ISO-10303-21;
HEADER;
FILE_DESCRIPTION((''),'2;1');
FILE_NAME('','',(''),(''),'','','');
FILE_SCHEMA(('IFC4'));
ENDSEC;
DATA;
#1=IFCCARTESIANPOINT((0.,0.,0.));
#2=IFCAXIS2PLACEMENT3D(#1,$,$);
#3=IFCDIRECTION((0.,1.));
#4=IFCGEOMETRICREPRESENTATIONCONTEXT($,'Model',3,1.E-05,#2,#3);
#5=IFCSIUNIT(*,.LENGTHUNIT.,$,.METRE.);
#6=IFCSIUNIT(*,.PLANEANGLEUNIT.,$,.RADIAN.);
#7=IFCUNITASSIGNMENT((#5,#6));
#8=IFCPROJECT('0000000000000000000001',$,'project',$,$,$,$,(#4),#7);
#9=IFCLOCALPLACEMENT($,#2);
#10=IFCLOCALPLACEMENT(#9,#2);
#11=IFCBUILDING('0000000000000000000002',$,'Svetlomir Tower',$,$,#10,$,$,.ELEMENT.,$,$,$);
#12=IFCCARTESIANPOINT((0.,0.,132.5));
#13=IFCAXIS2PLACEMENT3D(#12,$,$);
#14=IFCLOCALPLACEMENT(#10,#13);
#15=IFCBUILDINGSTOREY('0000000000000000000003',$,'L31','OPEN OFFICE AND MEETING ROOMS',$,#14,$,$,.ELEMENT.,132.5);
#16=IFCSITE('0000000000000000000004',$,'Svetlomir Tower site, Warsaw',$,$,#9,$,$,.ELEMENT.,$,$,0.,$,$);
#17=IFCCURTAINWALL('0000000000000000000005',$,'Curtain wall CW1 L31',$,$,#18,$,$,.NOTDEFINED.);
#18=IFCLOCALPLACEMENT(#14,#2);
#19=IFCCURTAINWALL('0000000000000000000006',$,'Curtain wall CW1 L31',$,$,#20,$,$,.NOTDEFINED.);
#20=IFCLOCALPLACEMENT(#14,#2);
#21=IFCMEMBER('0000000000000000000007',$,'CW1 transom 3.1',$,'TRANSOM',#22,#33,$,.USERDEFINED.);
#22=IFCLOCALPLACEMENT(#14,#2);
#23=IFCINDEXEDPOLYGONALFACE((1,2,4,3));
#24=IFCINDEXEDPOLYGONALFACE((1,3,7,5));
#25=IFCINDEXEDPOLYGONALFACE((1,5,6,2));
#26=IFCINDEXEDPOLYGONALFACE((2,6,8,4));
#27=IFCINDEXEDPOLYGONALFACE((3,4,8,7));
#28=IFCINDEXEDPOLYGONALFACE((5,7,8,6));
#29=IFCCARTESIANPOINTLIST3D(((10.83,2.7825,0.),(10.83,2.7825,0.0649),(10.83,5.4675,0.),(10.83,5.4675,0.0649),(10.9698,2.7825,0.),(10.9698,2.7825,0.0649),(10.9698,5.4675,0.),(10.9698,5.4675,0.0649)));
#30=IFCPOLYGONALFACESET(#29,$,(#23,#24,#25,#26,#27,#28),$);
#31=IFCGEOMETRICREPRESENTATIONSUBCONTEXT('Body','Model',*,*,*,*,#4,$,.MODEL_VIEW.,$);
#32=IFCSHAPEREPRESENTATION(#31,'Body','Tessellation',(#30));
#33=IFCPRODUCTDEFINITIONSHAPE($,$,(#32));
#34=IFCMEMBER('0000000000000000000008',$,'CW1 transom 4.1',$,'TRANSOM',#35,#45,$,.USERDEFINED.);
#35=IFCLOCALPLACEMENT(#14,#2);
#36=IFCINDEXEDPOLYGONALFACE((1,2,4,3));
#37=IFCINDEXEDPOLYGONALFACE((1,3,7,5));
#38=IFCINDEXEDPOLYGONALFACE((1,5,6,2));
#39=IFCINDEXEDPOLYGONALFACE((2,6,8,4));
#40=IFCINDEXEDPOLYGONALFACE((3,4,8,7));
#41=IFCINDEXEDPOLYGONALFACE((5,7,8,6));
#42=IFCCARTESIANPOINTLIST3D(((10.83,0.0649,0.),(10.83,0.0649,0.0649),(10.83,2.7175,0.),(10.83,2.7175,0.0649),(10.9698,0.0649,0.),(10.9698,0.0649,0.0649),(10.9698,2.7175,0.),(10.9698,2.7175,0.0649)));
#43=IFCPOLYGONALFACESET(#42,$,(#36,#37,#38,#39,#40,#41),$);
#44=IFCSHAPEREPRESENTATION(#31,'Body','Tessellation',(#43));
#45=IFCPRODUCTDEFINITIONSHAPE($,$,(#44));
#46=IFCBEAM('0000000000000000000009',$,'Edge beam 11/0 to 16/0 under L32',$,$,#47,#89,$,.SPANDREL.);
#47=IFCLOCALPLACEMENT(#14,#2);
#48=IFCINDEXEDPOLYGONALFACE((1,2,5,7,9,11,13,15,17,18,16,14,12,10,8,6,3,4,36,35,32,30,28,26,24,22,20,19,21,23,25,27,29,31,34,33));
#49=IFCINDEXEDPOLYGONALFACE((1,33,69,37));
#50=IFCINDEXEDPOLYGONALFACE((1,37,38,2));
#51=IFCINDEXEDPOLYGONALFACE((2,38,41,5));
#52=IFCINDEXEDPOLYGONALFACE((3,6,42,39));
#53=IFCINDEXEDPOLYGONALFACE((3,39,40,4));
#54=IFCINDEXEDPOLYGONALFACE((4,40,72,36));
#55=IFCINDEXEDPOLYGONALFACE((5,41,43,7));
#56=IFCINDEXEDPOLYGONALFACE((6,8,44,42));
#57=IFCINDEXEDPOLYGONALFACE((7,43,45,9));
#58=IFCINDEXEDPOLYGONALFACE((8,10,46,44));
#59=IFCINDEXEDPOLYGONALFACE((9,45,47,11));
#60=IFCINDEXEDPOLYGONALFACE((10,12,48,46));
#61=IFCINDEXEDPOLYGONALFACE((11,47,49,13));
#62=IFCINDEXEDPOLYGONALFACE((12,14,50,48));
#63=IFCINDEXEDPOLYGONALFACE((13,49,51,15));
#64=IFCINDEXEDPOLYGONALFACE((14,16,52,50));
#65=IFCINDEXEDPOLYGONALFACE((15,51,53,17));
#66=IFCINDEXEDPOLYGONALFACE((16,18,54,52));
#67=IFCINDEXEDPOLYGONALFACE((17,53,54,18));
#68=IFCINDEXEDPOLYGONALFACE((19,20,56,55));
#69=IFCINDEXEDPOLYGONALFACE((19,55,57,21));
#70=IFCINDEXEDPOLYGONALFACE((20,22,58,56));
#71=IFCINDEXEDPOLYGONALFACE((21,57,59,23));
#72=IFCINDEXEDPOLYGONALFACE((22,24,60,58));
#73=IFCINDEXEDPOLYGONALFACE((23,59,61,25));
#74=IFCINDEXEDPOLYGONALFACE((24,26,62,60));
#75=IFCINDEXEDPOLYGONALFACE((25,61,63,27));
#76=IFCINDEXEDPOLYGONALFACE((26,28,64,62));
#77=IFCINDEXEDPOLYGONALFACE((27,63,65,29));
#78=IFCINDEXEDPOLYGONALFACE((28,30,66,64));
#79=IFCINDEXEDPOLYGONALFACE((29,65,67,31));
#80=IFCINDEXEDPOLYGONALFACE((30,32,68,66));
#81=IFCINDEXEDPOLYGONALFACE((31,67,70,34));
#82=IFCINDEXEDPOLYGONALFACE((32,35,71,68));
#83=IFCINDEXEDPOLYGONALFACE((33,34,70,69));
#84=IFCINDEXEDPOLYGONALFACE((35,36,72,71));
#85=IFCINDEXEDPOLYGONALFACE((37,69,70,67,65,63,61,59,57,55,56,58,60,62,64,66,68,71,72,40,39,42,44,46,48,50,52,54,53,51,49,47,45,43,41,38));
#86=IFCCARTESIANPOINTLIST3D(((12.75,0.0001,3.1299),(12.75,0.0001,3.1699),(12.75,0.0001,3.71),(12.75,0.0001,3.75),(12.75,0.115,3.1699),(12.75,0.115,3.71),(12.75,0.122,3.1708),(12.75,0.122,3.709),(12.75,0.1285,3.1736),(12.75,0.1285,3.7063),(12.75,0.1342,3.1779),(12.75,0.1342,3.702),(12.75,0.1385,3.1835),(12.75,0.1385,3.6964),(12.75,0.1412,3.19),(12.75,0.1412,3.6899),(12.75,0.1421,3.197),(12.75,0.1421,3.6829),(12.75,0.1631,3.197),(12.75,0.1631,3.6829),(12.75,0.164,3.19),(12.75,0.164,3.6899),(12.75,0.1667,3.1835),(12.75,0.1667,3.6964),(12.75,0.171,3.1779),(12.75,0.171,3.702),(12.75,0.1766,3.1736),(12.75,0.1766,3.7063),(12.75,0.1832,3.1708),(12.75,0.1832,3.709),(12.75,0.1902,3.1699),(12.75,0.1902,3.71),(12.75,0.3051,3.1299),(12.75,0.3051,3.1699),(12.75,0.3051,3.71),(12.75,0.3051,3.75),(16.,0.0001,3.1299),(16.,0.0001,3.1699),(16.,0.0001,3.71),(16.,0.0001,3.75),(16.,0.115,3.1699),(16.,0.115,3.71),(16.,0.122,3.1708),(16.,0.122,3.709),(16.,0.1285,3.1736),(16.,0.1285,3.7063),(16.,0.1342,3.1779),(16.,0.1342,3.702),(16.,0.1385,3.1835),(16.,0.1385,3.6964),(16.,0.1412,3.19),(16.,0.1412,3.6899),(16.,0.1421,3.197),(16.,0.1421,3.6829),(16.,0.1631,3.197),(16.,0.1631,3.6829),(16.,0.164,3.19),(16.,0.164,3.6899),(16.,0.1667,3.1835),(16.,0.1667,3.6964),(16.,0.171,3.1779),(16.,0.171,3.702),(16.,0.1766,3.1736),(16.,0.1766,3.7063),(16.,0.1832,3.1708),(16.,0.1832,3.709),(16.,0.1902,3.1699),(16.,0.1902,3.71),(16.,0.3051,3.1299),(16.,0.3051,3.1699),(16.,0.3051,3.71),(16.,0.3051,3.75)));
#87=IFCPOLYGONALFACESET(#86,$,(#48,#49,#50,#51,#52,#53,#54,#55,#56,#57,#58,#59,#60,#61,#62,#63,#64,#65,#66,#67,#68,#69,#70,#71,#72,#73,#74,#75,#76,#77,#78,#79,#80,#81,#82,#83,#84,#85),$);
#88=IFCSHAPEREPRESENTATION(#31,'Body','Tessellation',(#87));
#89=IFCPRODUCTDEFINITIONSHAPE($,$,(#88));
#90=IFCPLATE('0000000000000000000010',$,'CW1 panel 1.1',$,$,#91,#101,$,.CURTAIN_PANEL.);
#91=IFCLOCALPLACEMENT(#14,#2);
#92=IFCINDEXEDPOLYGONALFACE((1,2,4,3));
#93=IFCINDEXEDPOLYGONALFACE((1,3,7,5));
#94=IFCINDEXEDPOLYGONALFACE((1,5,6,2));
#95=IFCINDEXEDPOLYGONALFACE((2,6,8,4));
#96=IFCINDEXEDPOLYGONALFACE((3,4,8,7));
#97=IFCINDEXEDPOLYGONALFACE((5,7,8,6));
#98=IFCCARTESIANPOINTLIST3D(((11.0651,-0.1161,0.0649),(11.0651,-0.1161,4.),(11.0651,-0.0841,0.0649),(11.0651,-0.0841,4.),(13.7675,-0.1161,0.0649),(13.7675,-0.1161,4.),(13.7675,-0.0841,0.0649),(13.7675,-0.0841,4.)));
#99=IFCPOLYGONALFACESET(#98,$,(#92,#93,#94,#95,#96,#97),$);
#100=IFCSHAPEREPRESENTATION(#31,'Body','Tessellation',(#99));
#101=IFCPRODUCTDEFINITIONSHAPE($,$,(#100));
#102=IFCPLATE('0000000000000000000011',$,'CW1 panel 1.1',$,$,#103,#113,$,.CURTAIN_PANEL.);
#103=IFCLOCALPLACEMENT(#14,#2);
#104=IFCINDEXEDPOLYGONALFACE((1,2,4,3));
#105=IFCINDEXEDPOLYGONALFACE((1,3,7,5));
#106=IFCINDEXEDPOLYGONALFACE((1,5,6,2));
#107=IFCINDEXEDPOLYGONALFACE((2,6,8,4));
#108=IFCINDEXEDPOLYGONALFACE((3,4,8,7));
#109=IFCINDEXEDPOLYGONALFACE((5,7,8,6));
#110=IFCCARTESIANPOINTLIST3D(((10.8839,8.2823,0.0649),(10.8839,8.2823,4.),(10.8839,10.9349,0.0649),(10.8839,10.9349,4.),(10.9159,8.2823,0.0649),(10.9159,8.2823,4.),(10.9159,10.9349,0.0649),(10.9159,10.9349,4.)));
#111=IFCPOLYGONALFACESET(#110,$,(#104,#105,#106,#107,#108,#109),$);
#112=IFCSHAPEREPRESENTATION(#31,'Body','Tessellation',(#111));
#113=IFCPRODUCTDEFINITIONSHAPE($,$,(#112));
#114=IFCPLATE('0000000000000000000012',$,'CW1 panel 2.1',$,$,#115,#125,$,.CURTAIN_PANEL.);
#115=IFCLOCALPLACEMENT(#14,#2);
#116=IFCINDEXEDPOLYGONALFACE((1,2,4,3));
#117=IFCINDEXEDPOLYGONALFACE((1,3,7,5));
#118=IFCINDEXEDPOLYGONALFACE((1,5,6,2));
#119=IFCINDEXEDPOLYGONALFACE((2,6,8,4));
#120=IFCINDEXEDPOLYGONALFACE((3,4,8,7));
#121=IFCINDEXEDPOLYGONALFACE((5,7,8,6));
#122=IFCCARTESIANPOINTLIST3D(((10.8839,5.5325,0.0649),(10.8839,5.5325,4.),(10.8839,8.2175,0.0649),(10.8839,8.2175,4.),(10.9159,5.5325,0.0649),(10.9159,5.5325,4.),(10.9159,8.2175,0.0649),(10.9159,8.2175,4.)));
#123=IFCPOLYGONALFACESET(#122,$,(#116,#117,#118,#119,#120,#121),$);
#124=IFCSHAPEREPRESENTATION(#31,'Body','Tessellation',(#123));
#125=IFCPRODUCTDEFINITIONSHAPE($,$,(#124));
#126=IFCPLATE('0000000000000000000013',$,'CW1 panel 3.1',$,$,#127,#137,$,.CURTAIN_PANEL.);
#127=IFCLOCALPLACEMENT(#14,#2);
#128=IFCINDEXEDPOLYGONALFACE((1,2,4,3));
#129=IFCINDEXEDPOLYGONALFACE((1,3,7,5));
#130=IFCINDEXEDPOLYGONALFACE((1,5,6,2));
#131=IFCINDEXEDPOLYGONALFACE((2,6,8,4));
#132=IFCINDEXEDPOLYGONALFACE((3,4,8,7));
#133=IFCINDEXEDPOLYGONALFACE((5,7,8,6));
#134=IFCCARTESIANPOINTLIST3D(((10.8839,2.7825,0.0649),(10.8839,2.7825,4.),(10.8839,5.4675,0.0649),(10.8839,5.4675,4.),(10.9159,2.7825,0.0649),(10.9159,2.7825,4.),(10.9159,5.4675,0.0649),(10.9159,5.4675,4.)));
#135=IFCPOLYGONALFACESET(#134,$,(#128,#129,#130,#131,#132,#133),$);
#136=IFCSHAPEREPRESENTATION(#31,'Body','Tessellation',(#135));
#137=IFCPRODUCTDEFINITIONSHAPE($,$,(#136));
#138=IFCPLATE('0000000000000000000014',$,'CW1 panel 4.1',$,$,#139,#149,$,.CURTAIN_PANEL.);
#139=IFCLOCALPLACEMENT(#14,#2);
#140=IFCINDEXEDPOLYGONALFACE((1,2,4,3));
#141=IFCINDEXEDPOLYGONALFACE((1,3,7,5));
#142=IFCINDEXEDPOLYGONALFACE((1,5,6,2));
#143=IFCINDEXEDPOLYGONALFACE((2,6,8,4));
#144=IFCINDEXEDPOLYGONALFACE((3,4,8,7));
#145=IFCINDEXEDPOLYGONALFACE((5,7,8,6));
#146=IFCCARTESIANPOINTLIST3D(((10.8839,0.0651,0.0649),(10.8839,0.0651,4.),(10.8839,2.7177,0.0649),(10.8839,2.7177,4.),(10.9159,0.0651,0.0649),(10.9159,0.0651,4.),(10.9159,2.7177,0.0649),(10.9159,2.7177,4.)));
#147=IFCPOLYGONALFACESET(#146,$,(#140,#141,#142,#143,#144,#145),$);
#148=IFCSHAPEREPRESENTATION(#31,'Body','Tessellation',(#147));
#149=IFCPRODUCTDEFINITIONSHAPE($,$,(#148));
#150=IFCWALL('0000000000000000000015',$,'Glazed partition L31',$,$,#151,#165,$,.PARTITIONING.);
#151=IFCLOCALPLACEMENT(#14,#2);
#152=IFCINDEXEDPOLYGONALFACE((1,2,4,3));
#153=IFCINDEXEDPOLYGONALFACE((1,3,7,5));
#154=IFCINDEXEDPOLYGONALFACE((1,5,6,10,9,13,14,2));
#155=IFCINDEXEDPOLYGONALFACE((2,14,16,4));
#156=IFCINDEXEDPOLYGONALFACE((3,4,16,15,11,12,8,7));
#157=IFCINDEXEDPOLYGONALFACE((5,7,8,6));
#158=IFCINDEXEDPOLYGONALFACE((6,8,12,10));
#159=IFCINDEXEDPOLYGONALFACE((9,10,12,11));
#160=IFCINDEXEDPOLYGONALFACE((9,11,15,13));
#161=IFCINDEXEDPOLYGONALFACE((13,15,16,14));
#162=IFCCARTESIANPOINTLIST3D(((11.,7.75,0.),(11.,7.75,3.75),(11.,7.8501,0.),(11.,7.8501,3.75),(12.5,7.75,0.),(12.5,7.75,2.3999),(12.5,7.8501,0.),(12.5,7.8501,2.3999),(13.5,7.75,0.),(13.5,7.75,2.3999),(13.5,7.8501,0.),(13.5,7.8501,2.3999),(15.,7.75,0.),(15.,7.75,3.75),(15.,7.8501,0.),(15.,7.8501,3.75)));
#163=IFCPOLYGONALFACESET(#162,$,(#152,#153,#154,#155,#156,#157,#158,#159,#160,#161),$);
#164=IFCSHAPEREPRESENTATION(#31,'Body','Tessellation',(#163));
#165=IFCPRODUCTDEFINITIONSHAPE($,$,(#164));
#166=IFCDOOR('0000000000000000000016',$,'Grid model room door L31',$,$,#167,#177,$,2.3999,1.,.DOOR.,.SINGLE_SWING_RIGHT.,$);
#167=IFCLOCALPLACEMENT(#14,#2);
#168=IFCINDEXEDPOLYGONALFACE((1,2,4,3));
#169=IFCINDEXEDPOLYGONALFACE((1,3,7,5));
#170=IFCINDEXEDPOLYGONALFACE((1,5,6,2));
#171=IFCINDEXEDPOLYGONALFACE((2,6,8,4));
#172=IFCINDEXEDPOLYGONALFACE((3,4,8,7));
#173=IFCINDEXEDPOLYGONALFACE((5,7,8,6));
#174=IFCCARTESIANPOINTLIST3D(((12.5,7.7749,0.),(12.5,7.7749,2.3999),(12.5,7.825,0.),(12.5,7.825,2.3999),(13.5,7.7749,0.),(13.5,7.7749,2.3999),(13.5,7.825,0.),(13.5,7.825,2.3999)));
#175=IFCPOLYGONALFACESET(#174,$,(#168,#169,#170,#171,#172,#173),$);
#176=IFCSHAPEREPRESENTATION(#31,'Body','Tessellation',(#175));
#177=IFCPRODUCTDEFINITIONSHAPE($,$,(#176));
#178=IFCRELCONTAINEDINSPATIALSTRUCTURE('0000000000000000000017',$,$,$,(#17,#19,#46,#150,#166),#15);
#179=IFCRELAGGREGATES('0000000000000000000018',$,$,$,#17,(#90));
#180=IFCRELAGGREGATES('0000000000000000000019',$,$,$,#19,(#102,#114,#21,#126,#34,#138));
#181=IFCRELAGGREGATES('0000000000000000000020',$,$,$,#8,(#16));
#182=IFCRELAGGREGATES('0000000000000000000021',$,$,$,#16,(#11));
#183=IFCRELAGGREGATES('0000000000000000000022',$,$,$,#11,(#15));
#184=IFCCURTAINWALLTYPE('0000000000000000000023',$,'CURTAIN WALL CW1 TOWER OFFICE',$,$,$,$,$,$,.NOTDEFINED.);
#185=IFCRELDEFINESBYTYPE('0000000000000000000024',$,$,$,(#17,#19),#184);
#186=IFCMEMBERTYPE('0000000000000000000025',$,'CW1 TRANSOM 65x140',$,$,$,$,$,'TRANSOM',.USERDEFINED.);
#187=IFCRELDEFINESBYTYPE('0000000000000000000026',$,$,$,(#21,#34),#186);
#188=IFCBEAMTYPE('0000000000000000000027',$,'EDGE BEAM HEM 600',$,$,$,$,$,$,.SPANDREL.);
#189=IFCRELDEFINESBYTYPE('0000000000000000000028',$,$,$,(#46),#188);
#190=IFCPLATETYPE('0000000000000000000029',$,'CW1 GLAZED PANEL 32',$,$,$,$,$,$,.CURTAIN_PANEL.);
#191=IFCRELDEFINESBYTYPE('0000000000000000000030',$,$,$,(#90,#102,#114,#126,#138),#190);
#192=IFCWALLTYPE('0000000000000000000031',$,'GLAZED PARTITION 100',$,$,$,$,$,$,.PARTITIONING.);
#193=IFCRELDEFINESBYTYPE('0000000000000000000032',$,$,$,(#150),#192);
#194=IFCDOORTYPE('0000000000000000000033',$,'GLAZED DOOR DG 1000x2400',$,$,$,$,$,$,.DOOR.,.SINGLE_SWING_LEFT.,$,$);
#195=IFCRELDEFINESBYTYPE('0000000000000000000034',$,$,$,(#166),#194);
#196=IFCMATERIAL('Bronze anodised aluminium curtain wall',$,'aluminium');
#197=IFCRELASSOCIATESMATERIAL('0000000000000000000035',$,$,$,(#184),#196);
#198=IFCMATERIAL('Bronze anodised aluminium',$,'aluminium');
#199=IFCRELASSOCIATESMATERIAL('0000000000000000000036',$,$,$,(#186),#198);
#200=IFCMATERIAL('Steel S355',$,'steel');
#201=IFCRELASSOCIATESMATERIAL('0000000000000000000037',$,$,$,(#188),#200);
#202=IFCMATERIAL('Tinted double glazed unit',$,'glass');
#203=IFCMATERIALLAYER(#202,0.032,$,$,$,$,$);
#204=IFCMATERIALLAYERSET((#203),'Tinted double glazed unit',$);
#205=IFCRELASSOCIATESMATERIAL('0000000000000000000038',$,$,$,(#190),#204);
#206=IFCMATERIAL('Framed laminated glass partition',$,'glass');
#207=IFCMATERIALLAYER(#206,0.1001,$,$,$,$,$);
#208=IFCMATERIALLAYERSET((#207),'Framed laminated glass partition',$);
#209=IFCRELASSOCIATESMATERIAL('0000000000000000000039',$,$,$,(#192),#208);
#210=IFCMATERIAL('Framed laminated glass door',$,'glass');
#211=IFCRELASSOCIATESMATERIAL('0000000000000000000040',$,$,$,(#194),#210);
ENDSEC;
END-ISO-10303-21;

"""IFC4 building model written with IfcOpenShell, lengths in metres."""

from ifc_helpers import new_model, si_unit, direction, frame, frame_2d, origin, origin_2d, place, context, subcontext, project, spatial, rectangle, i_section, extrude, material, layer, layer_set, material_profile, profile_set, type_object, element, fill, aggregate, save


model = new_model("IFC4")

# Units and contexts
model_context = context("Model", 3, precision=1e-05, world=origin(), true_north=direction((0.0, 1.0)))
body_context = subcontext(model_context, "Body", "Model", "MODEL_VIEW")
ifc_project = project(units=[si_unit("LENGTHUNIT", "METRE"), si_unit("PLANEANGLEUNIT", "RADIAN")], contexts=[model_context])

# Site, building, storey
site_placement = place(None, origin())
site = spatial("IfcSite", under=ifc_project, at=site_placement, Name="Svetlomir Tower site, Warsaw", CompositionType="ELEMENT", RefElevation=0.0)
building_placement = place(site_placement, origin())
building = spatial("IfcBuilding", under=site, at=building_placement, Name="Svetlomir Tower", CompositionType="ELEMENT")
storey_placement = place(building_placement, frame((0.0, 0.0, 132.5)))
storey = spatial("IfcBuildingStorey", under=building, at=storey_placement, Name="L31", Description="OPEN OFFICE AND MEETING ROOMS", CompositionType="ELEMENT", Elevation=132.5)

# Curtain wall
ifc_material_1 = material(Name="Bronze anodised aluminium curtain wall", Category="aluminium")
curtain_wall_type = type_object("IfcCurtainWallType", Name="CURTAIN WALL CW1 TOWER OFFICE", PredefinedType="NOTDEFINED", material=ifc_material_1)
curtain_wall_1_placement = place(storey_placement, origin())
curtain_wall_1 = element("IfcCurtainWall", 1, at=curtain_wall_1_placement, inside=storey, type_object=curtain_wall_type, Name="Curtain wall CW1 L31", PredefinedType="NOTDEFINED")

# Curtain wall
curtain_wall_2_placement = place(storey_placement, origin())
curtain_wall_2 = element("IfcCurtainWall", 2, at=curtain_wall_2_placement, inside=storey, type_object=curtain_wall_type, Name="Curtain wall CW1 L31", PredefinedType="NOTDEFINED")

# Members
ifc_material_2 = material(Name="Bronze anodised aluminium", Category="aluminium")
ifc_material_profile_1 = material_profile(ifc_material_2, rectangle(XDim=0.1399, YDim=0.0649, at=origin_2d()), Name="AL 140x65")
ifc_profile_set_1 = profile_set([ifc_material_profile_1], Name="Bronze anodised aluminium 6063-T6")
member_type_1 = type_object("IfcMemberType", Name="CW1 TRANSOM 65x140", ElementType="TRANSOM", PredefinedType="USERDEFINED", material=ifc_profile_set_1)
member_1_placement = place(storey_placement, frame((10.8999, 5.4675, 0.0325), z_axis=(0.0, -1.0, 0.0), x_axis=(1.0, 0.0, 0.0)))
member_1 = element("IfcMember", 3, at=member_1_placement, type_object=member_type_1, Name="CW1 transom 3.1", ObjectType="TRANSOM", PredefinedType="USERDEFINED", context=body_context, shape_type="SweptSolid", body=[
    extrude(rectangle(XDim=0.1399, YDim=0.0649, at=origin_2d()), origin(), (0.0, 0.0, 1.0), 2.6851),
])
member_2_placement = place(storey_placement, frame((10.8999, 2.7175, 0.0325), z_axis=(0.0, -1.0, 0.0), x_axis=(1.0, 0.0, 0.0)))
member_2 = element("IfcMember", 4, at=member_2_placement, type_object=member_type_1, Name="CW1 transom 4.1", ObjectType="TRANSOM", PredefinedType="USERDEFINED", context=body_context, shape_type="SweptSolid", body=[
    extrude(rectangle(XDim=0.1399, YDim=0.0649, at=origin_2d()), origin(), (0.0, 0.0, 1.0), 2.6526),
])

# Beam
ifc_material_3 = material(Name="Steel S355", Category="steel")
ifc_material_profile_2 = material_profile(ifc_material_3, i_section(OverallWidth=0.3049, OverallDepth=0.6201, WebThickness=0.021, FlangeThickness=0.04, FilletRadius=0.0271, at=origin_2d()), Name="HEM 600")
ifc_profile_set_2 = profile_set([ifc_material_profile_2], Name="Steel S355")
beam_type = type_object("IfcBeamType", Name="EDGE BEAM HEM 600", PredefinedType="SPANDREL", material=ifc_profile_set_2)
beam_placement = place(storey_placement, frame((12.75, 0.1526, 3.4399), z_axis=(1.0, 0.0, 0.0), x_axis=(0.0, 1.0, 0.0)))
element("IfcBeam", 5, at=beam_placement, inside=storey, type_object=beam_type, Name="Edge beam 11/0 to 16/0 under L32", PredefinedType="SPANDREL", context=body_context, shape_type="SweptSolid", body=[
    extrude(i_section(OverallWidth=0.3049, OverallDepth=0.6201, WebThickness=0.021, FlangeThickness=0.04, FilletRadius=0.0271, at=origin_2d()), origin(), (0.0, 0.0, 1.0), 3.25),
])

# Plates
ifc_material_4 = material(Name="Tinted double glazed unit", Category="glass")
ifc_layer_1 = layer(ifc_material_4, 0.032)
ifc_layer_set_1 = layer_set([ifc_layer_1], Name="Tinted double glazed unit")
plate_type = type_object("IfcPlateType", Name="CW1 GLAZED PANEL 32", PredefinedType="CURTAIN_PANEL", material=ifc_layer_set_1)
plate_1_placement = place(storey_placement, frame((12.4163, -0.1001, 0.0649), z_axis=(0.0, 0.0, 1.0), x_axis=(1.0, 0.0, 0.0)))
plate_1 = element("IfcPlate", 6, at=plate_1_placement, type_object=plate_type, Name="CW1 panel 1.1", PredefinedType="CURTAIN_PANEL", context=body_context, shape_type="SweptSolid", body=[
    extrude(rectangle(XDim=2.7024, YDim=0.032, at=origin_2d()), origin(), (0.0, 0.0, 1.0), 3.9351),
])
aggregate(curtain_wall_1, [plate_1])
plate_2_placement = place(storey_placement, frame((10.8999, 9.6086, 0.0649), z_axis=(0.0, 0.0, 1.0), x_axis=(0.0, -1.0, 0.0)))
plate_2 = element("IfcPlate", 7, at=plate_2_placement, type_object=plate_type, Name="CW1 panel 1.1", PredefinedType="CURTAIN_PANEL", context=body_context, shape_type="SweptSolid", body=[
    extrude(rectangle(XDim=2.6526, YDim=0.032, at=origin_2d()), origin(), (0.0, 0.0, 1.0), 3.9351),
])
plate_3_placement = place(storey_placement, frame((10.8999, 6.875, 0.0649), z_axis=(0.0, 0.0, 1.0), x_axis=(0.0, -1.0, 0.0)))
plate_3 = element("IfcPlate", 8, at=plate_3_placement, type_object=plate_type, Name="CW1 panel 2.1", PredefinedType="CURTAIN_PANEL", context=body_context, shape_type="SweptSolid", body=[
    extrude(rectangle(XDim=2.6851, YDim=0.032, at=origin_2d()), origin(), (0.0, 0.0, 1.0), 3.9351),
])
plate_4_placement = place(storey_placement, frame((10.8999, 4.125, 0.0649), z_axis=(0.0, 0.0, 1.0), x_axis=(0.0, -1.0, 0.0)))
plate_4 = element("IfcPlate", 9, at=plate_4_placement, type_object=plate_type, Name="CW1 panel 3.1", PredefinedType="CURTAIN_PANEL", context=body_context, shape_type="SweptSolid", body=[
    extrude(rectangle(XDim=2.6851, YDim=0.032, at=origin_2d()), origin(), (0.0, 0.0, 1.0), 3.9351),
])
plate_5_placement = place(storey_placement, frame((10.8999, 1.3914, 0.0649), z_axis=(0.0, 0.0, 1.0), x_axis=(0.0, -1.0, 0.0)))
plate_5 = element("IfcPlate", 10, at=plate_5_placement, type_object=plate_type, Name="CW1 panel 4.1", PredefinedType="CURTAIN_PANEL", context=body_context, shape_type="SweptSolid", body=[
    extrude(rectangle(XDim=2.6526, YDim=0.032, at=origin_2d()), origin(), (0.0, 0.0, 1.0), 3.9351),
])
aggregate(curtain_wall_2, [plate_2, plate_3, member_1, plate_4, member_2, plate_5])

# Wall, opening, door
ifc_material_5 = material(Name="Framed laminated glass partition", Category="glass")
ifc_layer_2 = layer(ifc_material_5, 0.1001)
ifc_layer_set_2 = layer_set([ifc_layer_2], Name="Framed laminated glass partition")
wall_type = type_object("IfcWallType", Name="GLAZED PARTITION 100", PredefinedType="PARTITIONING", material=ifc_layer_set_2)
wall_placement = place(storey_placement, frame((11.0, 7.8, 0.0), z_axis=(0.0, 0.0, 1.0), x_axis=(1.0, 0.0, 0.0)))
wall = element("IfcWall", 11, at=wall_placement, inside=storey, type_object=wall_type, Name="Glazed partition L31", PredefinedType="PARTITIONING", context=body_context, shape_type="SweptSolid", body=[
    extrude(rectangle(XDim=4.0, YDim=0.1001, at=frame_2d((2.0, 0.0))), origin(), (0.0, 0.0, 1.0), 3.75),
])
opening_placement = place(wall_placement, frame((1.5, 0.0, 0.0)))
opening = element("IfcOpeningElement", 12, at=opening_placement, cuts=wall, PredefinedType="OPENING", context=body_context, shape_type="SweptSolid", body=[
    extrude(rectangle(XDim=1.0, YDim=2.3999, at=frame_2d((0.5, 1.2))), frame((0.0, 0.0601, 0.0), z_axis=(0.0, -1.0, 0.0), x_axis=(1.0, 0.0, 0.0)), (0.0, 0.0, 1.0), 0.1201),
])
ifc_material_6 = material(Name="Framed laminated glass door", Category="glass")
door_type = type_object("IfcDoorType", Name="GLAZED DOOR DG 1000x2400", OperationType="SINGLE_SWING_LEFT", PredefinedType="DOOR", material=ifc_material_6)
door_placement = place(opening_placement, origin())
door = element("IfcDoor", 13, at=door_placement, inside=storey, type_object=door_type, Name="Grid model room door L31", OperationType="SINGLE_SWING_RIGHT", OverallHeight=2.3999, OverallWidth=1.0, PredefinedType="DOOR", context=body_context, shape_type="SweptSolid", body=[
    extrude(rectangle(XDim=1.0, YDim=2.3999, at=frame_2d((0.5, 1.2))), frame((0.0, 0.0249, 0.0), z_axis=(0.0, -1.0, 0.0), x_axis=(1.0, 0.0, 0.0)), (0.0, 0.0, 1.0), 0.05),
])
fill(opening, door)

save(model, "model.ifc")
